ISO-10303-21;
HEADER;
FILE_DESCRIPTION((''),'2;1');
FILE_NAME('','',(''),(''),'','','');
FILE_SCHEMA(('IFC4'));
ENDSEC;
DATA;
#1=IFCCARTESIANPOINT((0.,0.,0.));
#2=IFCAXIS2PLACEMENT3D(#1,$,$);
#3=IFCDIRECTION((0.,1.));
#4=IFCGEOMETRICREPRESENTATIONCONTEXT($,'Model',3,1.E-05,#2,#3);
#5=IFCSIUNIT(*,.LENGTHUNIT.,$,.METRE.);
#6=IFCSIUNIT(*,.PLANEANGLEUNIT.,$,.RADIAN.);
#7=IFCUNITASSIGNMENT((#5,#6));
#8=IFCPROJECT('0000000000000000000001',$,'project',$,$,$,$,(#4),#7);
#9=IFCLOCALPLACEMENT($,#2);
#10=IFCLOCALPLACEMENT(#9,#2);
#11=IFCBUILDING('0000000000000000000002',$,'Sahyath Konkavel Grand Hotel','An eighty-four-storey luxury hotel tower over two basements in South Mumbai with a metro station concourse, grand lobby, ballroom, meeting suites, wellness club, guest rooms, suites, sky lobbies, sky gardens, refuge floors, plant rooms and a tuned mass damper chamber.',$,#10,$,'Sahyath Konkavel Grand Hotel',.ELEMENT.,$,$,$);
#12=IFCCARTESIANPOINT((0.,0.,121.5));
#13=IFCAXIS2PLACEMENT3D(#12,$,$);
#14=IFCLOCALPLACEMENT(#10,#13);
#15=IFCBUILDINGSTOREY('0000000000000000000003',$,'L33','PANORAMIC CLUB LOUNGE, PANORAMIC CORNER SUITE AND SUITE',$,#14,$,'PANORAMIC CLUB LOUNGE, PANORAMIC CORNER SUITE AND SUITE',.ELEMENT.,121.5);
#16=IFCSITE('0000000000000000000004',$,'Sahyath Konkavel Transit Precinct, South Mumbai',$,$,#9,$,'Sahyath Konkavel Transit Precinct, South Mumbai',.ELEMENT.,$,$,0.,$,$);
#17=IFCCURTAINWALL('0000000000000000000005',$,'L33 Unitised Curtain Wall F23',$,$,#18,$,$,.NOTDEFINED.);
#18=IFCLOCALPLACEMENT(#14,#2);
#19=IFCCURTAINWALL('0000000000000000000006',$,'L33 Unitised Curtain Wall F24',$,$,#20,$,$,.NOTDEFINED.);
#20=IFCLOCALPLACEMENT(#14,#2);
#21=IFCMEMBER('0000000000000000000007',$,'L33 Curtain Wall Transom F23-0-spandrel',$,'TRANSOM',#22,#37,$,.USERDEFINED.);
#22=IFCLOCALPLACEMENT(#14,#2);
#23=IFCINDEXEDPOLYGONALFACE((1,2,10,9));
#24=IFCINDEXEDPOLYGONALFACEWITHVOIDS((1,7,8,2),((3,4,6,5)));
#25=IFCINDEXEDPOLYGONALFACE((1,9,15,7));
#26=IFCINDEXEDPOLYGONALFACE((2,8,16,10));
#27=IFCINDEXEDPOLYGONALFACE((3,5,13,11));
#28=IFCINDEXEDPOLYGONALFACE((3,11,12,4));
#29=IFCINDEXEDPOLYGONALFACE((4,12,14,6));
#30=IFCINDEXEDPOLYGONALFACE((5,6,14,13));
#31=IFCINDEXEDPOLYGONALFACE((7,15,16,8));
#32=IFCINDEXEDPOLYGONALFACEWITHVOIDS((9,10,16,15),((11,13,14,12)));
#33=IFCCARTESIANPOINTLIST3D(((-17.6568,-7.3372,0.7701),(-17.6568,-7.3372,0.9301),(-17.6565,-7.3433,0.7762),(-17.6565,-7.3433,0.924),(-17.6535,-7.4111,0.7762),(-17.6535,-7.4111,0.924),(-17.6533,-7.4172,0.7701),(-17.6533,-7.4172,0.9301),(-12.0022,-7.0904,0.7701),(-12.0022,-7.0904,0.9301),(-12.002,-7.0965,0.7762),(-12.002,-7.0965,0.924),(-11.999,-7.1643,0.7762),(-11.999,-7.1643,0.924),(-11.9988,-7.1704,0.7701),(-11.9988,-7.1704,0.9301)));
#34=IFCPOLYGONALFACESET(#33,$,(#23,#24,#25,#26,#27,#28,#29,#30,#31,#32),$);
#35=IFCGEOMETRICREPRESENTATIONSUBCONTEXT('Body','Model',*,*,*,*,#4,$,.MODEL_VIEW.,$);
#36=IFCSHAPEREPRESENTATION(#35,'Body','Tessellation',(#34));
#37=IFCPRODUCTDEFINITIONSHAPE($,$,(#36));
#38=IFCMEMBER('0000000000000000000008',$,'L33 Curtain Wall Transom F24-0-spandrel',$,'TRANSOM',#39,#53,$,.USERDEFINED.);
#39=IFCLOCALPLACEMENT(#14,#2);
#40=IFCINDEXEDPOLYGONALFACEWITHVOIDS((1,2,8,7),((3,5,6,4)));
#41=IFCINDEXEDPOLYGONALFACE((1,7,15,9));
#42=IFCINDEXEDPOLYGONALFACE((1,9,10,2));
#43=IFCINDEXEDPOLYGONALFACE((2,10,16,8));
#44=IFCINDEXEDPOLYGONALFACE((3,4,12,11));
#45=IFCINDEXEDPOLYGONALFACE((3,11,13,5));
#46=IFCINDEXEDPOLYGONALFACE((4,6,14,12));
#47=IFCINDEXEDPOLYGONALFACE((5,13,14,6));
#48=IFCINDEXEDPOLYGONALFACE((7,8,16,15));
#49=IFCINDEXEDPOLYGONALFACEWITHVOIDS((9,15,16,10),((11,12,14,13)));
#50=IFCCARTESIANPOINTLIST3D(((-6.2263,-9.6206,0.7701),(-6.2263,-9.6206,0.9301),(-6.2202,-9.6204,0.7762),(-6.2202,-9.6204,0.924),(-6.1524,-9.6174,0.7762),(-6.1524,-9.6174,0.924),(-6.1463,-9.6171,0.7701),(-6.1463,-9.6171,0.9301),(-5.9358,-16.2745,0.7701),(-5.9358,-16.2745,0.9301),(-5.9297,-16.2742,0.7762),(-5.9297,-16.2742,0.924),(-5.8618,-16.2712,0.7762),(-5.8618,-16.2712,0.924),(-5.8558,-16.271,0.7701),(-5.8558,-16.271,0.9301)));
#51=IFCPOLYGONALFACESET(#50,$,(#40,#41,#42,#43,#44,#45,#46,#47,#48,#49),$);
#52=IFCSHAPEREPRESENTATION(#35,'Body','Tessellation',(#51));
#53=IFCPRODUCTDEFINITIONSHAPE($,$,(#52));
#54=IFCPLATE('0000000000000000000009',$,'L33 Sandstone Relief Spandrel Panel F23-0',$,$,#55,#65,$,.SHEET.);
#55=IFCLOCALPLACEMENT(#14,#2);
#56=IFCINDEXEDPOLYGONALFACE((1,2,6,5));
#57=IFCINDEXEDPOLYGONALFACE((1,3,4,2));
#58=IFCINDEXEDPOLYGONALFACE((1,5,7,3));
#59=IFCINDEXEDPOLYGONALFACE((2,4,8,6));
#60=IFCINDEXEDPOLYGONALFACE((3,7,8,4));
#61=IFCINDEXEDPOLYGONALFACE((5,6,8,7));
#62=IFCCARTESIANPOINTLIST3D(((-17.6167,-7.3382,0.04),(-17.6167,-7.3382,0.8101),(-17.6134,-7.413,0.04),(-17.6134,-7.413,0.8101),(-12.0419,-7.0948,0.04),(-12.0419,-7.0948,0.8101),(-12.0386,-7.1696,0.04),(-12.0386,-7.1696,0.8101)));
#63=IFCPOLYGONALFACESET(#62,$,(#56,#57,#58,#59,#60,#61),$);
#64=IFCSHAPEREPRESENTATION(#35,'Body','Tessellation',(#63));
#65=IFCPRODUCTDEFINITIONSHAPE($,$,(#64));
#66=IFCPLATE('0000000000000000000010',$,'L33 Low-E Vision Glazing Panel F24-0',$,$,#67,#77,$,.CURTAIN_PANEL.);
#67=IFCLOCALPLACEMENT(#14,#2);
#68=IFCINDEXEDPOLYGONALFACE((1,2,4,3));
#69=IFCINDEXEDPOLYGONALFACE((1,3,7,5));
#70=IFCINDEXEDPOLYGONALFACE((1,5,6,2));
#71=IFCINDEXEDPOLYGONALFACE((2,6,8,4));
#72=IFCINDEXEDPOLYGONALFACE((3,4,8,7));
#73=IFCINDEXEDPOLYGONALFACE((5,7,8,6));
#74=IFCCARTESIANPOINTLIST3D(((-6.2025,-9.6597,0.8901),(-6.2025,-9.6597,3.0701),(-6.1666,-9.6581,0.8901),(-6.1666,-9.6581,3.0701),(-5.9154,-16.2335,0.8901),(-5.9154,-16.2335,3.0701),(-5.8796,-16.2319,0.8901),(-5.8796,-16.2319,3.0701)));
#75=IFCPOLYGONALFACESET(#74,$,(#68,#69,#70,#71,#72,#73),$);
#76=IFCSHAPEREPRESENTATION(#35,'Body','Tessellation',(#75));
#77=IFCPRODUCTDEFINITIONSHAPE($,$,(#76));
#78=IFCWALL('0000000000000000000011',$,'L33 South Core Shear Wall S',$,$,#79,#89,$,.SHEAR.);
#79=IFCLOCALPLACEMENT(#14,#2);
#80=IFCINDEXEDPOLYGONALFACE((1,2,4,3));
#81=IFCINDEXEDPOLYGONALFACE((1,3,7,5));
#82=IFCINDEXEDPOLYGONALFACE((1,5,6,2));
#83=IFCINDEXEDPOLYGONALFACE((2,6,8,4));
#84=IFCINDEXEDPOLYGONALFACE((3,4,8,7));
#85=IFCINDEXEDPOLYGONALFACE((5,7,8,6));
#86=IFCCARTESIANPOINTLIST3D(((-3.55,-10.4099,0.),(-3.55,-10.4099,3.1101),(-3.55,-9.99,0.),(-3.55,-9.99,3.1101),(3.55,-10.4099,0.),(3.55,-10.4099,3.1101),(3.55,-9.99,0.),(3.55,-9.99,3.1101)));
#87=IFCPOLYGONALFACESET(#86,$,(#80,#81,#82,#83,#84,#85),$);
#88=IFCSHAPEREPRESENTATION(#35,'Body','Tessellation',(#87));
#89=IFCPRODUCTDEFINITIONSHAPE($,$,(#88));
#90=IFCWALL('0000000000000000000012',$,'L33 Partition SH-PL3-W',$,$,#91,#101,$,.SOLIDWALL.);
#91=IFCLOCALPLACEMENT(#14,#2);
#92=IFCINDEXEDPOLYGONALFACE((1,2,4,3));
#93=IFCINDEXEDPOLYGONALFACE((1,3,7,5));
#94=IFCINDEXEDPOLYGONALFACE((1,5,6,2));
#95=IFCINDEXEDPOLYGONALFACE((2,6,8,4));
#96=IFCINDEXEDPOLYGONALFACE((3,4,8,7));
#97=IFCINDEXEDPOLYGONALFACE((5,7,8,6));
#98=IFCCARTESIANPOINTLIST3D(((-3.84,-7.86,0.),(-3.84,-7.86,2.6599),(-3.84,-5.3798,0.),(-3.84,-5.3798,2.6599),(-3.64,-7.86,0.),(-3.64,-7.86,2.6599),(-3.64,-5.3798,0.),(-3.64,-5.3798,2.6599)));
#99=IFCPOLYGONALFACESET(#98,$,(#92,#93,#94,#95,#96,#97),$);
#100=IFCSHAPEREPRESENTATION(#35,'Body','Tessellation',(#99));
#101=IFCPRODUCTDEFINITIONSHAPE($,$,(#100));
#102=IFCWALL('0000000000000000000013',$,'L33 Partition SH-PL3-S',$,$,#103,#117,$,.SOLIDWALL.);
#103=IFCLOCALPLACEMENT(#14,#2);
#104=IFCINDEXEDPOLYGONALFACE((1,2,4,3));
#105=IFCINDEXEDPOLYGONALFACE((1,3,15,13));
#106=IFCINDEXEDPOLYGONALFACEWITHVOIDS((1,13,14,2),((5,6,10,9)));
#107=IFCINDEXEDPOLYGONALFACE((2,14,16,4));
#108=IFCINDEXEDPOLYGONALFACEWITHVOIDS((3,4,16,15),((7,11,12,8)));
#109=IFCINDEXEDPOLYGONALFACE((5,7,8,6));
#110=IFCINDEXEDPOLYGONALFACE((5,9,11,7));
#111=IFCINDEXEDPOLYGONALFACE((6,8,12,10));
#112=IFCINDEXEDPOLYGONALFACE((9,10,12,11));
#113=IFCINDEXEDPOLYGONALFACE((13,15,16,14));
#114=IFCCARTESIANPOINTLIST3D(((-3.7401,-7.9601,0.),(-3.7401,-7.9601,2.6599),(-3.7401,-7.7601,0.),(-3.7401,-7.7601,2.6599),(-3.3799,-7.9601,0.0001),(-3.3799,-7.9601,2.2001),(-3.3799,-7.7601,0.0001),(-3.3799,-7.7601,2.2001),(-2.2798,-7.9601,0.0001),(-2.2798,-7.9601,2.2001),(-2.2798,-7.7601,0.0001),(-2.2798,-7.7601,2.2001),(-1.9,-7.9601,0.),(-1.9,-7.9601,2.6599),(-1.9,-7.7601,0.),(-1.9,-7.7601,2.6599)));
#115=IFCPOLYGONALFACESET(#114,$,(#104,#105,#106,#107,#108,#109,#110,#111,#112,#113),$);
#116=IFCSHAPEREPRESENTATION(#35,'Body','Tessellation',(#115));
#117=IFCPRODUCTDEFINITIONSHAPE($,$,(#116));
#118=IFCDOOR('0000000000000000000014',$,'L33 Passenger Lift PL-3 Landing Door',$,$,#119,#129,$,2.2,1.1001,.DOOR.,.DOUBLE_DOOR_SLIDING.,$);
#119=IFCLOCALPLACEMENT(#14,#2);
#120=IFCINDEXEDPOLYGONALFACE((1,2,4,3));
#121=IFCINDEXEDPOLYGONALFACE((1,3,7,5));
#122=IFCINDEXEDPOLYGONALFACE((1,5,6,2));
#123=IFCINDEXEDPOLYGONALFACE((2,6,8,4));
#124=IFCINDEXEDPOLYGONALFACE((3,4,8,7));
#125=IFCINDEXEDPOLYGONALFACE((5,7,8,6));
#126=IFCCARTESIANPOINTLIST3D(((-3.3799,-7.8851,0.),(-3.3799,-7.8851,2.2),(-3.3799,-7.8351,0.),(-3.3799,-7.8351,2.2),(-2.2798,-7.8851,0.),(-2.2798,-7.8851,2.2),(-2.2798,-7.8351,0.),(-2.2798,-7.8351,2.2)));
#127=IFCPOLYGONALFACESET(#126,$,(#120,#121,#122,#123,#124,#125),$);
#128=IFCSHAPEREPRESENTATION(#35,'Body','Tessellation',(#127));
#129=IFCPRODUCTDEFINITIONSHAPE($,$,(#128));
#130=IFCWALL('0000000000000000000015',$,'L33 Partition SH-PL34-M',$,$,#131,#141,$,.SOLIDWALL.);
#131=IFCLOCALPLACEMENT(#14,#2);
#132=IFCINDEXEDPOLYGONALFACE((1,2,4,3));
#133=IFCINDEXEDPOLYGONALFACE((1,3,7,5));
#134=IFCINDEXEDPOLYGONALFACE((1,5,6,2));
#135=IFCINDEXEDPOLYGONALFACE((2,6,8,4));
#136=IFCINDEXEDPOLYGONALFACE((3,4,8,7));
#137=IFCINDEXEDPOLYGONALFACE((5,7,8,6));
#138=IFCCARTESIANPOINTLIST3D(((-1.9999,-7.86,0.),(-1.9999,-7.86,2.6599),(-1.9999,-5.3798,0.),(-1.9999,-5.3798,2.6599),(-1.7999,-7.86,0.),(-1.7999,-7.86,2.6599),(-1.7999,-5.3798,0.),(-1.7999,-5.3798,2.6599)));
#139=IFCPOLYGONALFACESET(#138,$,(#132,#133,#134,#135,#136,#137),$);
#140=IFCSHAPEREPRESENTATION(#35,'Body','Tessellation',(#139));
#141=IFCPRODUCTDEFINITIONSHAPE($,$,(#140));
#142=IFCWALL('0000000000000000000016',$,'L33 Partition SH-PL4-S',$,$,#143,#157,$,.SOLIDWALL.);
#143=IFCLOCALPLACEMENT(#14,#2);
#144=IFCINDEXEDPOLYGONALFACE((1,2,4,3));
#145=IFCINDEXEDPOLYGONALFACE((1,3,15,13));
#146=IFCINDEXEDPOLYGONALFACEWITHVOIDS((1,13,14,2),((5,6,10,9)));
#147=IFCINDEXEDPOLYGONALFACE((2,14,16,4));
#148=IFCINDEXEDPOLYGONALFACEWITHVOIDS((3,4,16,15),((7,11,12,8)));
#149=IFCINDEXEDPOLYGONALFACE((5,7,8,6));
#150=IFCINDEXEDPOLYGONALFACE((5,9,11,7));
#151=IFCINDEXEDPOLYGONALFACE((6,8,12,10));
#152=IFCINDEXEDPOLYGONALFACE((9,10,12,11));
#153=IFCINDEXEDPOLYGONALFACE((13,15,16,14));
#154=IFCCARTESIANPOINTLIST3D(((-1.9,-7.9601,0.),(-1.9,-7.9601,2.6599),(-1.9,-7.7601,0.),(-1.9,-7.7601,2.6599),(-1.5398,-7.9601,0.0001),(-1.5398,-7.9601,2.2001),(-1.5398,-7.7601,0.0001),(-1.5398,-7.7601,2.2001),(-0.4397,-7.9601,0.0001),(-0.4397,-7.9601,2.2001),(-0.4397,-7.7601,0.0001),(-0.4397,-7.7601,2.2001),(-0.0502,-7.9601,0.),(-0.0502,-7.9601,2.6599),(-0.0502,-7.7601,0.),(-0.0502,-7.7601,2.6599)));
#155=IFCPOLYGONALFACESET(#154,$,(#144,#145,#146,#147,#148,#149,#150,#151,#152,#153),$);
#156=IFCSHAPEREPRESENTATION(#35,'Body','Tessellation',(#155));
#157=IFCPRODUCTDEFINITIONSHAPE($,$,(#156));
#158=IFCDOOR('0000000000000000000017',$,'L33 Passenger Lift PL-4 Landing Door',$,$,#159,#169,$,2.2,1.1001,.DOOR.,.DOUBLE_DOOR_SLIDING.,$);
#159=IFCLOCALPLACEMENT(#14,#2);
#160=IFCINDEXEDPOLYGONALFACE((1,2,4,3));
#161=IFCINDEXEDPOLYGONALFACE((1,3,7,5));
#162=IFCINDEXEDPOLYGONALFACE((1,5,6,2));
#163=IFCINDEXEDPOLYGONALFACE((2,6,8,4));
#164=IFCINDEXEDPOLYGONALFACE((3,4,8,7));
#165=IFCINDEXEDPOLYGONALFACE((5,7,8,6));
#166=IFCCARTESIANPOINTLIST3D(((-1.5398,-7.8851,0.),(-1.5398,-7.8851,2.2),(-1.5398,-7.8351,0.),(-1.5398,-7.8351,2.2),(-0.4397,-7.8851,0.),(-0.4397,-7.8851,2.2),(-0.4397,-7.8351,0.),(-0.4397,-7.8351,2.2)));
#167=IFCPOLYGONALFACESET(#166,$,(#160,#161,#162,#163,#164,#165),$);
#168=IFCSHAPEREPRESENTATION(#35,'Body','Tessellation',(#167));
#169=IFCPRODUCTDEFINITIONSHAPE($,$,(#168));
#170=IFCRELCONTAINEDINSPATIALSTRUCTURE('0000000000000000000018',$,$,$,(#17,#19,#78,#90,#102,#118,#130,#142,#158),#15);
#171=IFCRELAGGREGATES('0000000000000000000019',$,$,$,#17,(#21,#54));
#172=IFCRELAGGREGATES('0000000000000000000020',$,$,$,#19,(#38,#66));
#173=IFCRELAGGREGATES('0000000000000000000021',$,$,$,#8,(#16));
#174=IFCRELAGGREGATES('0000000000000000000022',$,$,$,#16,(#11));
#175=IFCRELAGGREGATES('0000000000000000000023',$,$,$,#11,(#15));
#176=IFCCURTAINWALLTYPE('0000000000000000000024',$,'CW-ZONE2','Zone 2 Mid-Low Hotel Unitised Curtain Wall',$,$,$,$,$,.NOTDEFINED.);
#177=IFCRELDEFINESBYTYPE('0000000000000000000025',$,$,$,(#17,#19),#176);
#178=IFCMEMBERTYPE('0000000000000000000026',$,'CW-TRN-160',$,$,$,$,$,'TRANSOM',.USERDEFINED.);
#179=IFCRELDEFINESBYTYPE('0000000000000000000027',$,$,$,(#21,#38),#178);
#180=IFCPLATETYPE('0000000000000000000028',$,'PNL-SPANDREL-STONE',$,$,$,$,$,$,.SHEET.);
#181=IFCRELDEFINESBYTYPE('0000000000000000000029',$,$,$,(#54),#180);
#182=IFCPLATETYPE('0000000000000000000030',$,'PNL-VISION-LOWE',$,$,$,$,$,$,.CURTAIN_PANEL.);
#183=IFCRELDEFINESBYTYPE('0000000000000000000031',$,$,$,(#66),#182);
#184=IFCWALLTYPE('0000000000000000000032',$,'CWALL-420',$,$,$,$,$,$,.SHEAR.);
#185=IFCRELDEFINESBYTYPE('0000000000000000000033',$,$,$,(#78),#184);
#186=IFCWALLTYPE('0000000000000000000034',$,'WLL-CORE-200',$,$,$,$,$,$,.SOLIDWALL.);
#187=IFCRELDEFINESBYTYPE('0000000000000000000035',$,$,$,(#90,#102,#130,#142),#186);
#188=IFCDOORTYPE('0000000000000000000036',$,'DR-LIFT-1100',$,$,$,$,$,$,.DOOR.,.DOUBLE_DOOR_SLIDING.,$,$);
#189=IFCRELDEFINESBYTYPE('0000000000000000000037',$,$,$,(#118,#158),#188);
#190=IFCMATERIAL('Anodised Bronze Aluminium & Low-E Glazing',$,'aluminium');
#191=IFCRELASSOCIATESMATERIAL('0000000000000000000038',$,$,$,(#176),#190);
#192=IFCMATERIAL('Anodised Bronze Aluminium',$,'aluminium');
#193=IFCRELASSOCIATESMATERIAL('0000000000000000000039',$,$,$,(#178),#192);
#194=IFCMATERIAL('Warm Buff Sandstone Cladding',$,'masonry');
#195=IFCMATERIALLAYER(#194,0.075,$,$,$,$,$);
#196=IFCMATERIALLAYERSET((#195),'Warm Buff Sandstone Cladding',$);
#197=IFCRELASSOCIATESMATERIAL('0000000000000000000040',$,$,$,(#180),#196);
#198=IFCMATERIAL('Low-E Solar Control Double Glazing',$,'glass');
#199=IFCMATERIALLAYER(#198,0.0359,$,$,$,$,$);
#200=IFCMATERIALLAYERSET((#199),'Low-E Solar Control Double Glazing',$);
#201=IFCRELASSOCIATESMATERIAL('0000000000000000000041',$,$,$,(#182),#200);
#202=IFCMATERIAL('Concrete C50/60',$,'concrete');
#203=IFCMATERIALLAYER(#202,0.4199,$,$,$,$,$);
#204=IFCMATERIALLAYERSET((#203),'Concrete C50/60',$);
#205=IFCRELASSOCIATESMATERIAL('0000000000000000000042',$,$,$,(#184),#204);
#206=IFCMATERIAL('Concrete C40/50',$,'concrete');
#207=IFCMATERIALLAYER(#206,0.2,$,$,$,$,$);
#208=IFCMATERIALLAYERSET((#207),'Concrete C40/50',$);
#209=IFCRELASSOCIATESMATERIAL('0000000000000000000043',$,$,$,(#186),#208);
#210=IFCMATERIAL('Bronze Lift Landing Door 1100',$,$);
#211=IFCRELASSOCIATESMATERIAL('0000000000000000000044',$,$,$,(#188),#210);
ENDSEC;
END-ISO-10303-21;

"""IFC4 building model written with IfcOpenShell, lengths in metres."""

from ifc_helpers import new_model, si_unit, direction, frame, frame_2d, origin, origin_2d, place, context, subcontext, project, spatial, rectangle, hollow_rectangle, extrude, source, transform, mapped, material, layer, layer_set, material_profile, profile_set, type_object, element, fill, aggregate, save


model = new_model("IFC4")

# Units and contexts
model_context = context("Model", 3, precision=1e-05, world=origin(), true_north=direction((0.0, 1.0)))
body_context = subcontext(model_context, "Body", "Model", "MODEL_VIEW")
ifc_project = project(units=[si_unit("LENGTHUNIT", "METRE"), si_unit("PLANEANGLEUNIT", "RADIAN")], contexts=[model_context])

# Site, building, storey
site_placement = place(None, origin())
site = spatial("IfcSite", under=ifc_project, at=site_placement, Name="Sahyath Konkavel Transit Precinct, South Mumbai", LongName="Sahyath Konkavel Transit Precinct, South Mumbai", CompositionType="ELEMENT", RefElevation=0.0)
building_placement = place(site_placement, origin())
building = spatial("IfcBuilding", under=site, at=building_placement, Name="Sahyath Konkavel Grand Hotel", Description="An eighty-four-storey luxury hotel tower over two basements in South Mumbai with a metro station concourse, grand lobby, ballroom, meeting suites, wellness club, guest rooms, suites, sky lobbies, sky gardens, refuge floors, plant rooms and a tuned mass damper chamber.", LongName="Sahyath Konkavel Grand Hotel", CompositionType="ELEMENT")
storey_placement = place(building_placement, frame((0.0, 0.0, 121.5)))
storey = spatial("IfcBuildingStorey", under=building, at=storey_placement, Name="L33", Description="PANORAMIC CLUB LOUNGE, PANORAMIC CORNER SUITE AND SUITE", LongName="PANORAMIC CLUB LOUNGE, PANORAMIC CORNER SUITE AND SUITE", CompositionType="ELEMENT", Elevation=121.5)

# Curtain wall
ifc_material_1 = material(Name="Anodised Bronze Aluminium & Low-E Glazing", Category="aluminium")
curtain_wall_type = type_object("IfcCurtainWallType", Name="CW-ZONE2", Description="Zone 2 Mid-Low Hotel Unitised Curtain Wall", PredefinedType="NOTDEFINED", material=ifc_material_1)
curtain_wall_1_placement = place(storey_placement, origin())
curtain_wall_1 = element("IfcCurtainWall", 1, at=curtain_wall_1_placement, inside=storey, type_object=curtain_wall_type, Name="L33 Unitised Curtain Wall F23", PredefinedType="NOTDEFINED")
ifc_material_2 = material(Name="Anodised Bronze Aluminium", Category="aluminium")

# Curtain wall
curtain_wall_2_placement = place(storey_placement, origin())
curtain_wall_2 = element("IfcCurtainWall", 2, at=curtain_wall_2_placement, inside=storey, type_object=curtain_wall_type, Name="L33 Unitised Curtain Wall F24", PredefinedType="NOTDEFINED")

# Members
ifc_material_profile_1 = material_profile(ifc_material_2, hollow_rectangle(XDim=0.0801, YDim=0.1599, WallThickness=0.0061, at=origin_2d()), Name="RHS 160x80x6")
ifc_profile_set_1 = profile_set([ifc_material_profile_1], Name="Anodised Bronze Aluminium")
member_type_1 = type_object("IfcMemberType", Name="CW-TRN-160", ElementType="TRANSOM", PredefinedType="USERDEFINED", material=ifc_profile_set_1)
shared_shape_1 = source(origin(), body_context, "Body", "SweptSolid", [
    extrude(hollow_rectangle(XDim=0.0801, YDim=0.1599, WallThickness=0.0061, at=origin_2d()), origin(), (0.0, 0.0, 1.0), 5.6599),
])
member_1_placement = place(storey_placement, frame((-17.655, -7.3772, 0.8501), z_axis=(0.999049, 0.043609, 0.0), x_axis=(-0.043609, 0.999049, 0.0)))
member_1 = element("IfcMember", 3, at=member_1_placement, type_object=member_type_1, Name="L33 Curtain Wall Transom F23-0-spandrel", ObjectType="TRANSOM", PredefinedType="USERDEFINED", context=body_context, shape_type="MappedRepresentation", body=[
    mapped(shared_shape_1, transform((0.0, 0.0, 0.0), scale=1.0)),
])
shared_shape_2 = source(origin(), body_context, "Body", "SweptSolid", [
    extrude(hollow_rectangle(XDim=0.0801, YDim=0.1599, WallThickness=0.0061, at=origin_2d()), origin(), (0.0, 0.0, 1.0), 6.6602),
])
member_2_placement = place(storey_placement, frame((-6.1863, -9.6189, 0.8501), z_axis=(0.043622, -0.999048, 0.0), x_axis=(0.999048, 0.043622, 0.0)))
member_2 = element("IfcMember", 4, at=member_2_placement, type_object=member_type_1, Name="L33 Curtain Wall Transom F24-0-spandrel", ObjectType="TRANSOM", PredefinedType="USERDEFINED", context=body_context, shape_type="MappedRepresentation", body=[
    mapped(shared_shape_2, transform((0.0, 0.0, 0.0), scale=1.0)),
])

# Plates
ifc_material_3 = material(Name="Warm Buff Sandstone Cladding", Category="masonry")
ifc_layer_1 = layer(ifc_material_3, 0.075)
ifc_layer_set_1 = layer_set([ifc_layer_1], Name="Warm Buff Sandstone Cladding")
plate_type_1 = type_object("IfcPlateType", Name="PNL-SPANDREL-STONE", PredefinedType="SHEET", material=ifc_layer_set_1)
shared_shape_3 = source(origin(), body_context, "Body", "SweptSolid", [
    extrude(rectangle(XDim=5.5801, YDim=0.075, at=origin_2d()), origin(), (0.0, 0.0, 1.0), 0.77),
])
plate_1_placement = place(storey_placement, frame((-14.8276, -7.2539, 0.04), z_axis=(0.0, 0.0, 1.0), x_axis=(0.999048, 0.043619, 0.0)))
plate_1 = element("IfcPlate", 5, at=plate_1_placement, type_object=plate_type_1, Name="L33 Sandstone Relief Spandrel Panel F23-0", PredefinedType="SHEET", context=body_context, shape_type="MappedRepresentation", body=[
    mapped(shared_shape_3, transform((0.0, 0.0, 0.0), scale=1.0)),
])
aggregate(curtain_wall_1, [member_1, plate_1])
ifc_material_4 = material(Name="Low-E Solar Control Double Glazing", Category="glass")
ifc_layer_2 = layer(ifc_material_4, 0.0359)
ifc_layer_set_2 = layer_set([ifc_layer_2], Name="Low-E Solar Control Double Glazing")
plate_type_2 = type_object("IfcPlateType", Name="PNL-VISION-LOWE", PredefinedType="CURTAIN_PANEL", material=ifc_layer_set_2)
shared_shape_4 = source(origin(), body_context, "Body", "SweptSolid", [
    extrude(rectangle(XDim=6.5801, YDim=0.0359, at=origin_2d()), origin(), (0.0, 0.0, 1.0), 2.1799),
])
plate_2_placement = place(storey_placement, frame((-6.041, -12.9458, 0.8901), z_axis=(0.0, 0.0, 1.0), x_axis=(0.043619, -0.999048, 0.0)))
plate_2 = element("IfcPlate", 6, at=plate_2_placement, type_object=plate_type_2, Name="L33 Low-E Vision Glazing Panel F24-0", PredefinedType="CURTAIN_PANEL", context=body_context, shape_type="MappedRepresentation", body=[
    mapped(shared_shape_4, transform((0.0, 0.0, 0.0), scale=1.0)),
])
aggregate(curtain_wall_2, [member_2, plate_2])

# Walls
ifc_material_5 = material(Name="Concrete C50/60", Category="concrete")
ifc_layer_3 = layer(ifc_material_5, 0.4199)
ifc_layer_set_3 = layer_set([ifc_layer_3], Name="Concrete C50/60")
wall_type_1 = type_object("IfcWallType", Name="CWALL-420", PredefinedType="SHEAR", material=ifc_layer_set_3)
wall_1_placement = place(storey_placement, frame((-3.55, -10.2, 0.0), z_axis=(0.0, 0.0, 1.0), x_axis=(1.0, 0.0, 0.0)))
element("IfcWall", 7, at=wall_1_placement, inside=storey, type_object=wall_type_1, Name="L33 South Core Shear Wall S", PredefinedType="SHEAR", context=body_context, shape_type="SweptSolid", body=[
    extrude(rectangle(XDim=7.1001, YDim=0.4199, at=frame_2d((3.55, 0.0))), origin(), (0.0, 0.0, 1.0), 3.1101),
])
ifc_material_6 = material(Name="Concrete C40/50", Category="concrete")
ifc_layer_4 = layer(ifc_material_6, 0.2)
ifc_layer_set_4 = layer_set([ifc_layer_4], Name="Concrete C40/50")
wall_type_2 = type_object("IfcWallType", Name="WLL-CORE-200", PredefinedType="SOLIDWALL", material=ifc_layer_set_4)
wall_2_placement = place(storey_placement, frame((-3.74, -7.8601, 0.0), z_axis=(0.0, 0.0, 1.0), x_axis=(0.0, 1.0, 0.0)))
element("IfcWall", 8, at=wall_2_placement, inside=storey, type_object=wall_type_2, Name="L33 Partition SH-PL3-W", PredefinedType="SOLIDWALL", context=body_context, shape_type="SweptSolid", body=[
    extrude(rectangle(XDim=2.4802, YDim=0.2, at=frame_2d((1.2402, 0.0))), origin(), (0.0, 0.0, 1.0), 2.6599),
])

# Wall, opening, door
wall_3_placement = place(storey_placement, frame((-3.74, -7.8601, 0.0), z_axis=(0.0, 0.0, 1.0), x_axis=(1.0, 0.0, 0.0)))
wall_3 = element("IfcWall", 9, at=wall_3_placement, inside=storey, type_object=wall_type_2, Name="L33 Partition SH-PL3-S", PredefinedType="SOLIDWALL", context=body_context, shape_type="SweptSolid", body=[
    extrude(rectangle(XDim=1.8401, YDim=0.2, at=frame_2d((0.9199, 0.0))), origin(), (0.0, 0.0, 1.0), 2.6599),
])
opening_1_placement = place(wall_3_placement, frame((0.3601, 0.0, 0.0)))
opening_1 = element("IfcOpeningElement", 10, at=opening_1_placement, cuts=wall_3, PredefinedType="OPENING", context=body_context, shape_type="SweptSolid", body=[
    extrude(rectangle(XDim=1.1001, YDim=2.2, at=frame_2d((0.55, 1.1001))), frame((0.0, 0.1099, 0.0), z_axis=(0.0, -1.0, 0.0), x_axis=(1.0, 0.0, 0.0)), (0.0, 0.0, 1.0), 0.22),
])
ifc_material_7 = material(Name="Bronze Lift Landing Door 1100")
door_type_1 = type_object("IfcDoorType", Name="DR-LIFT-1100", OperationType="DOUBLE_DOOR_SLIDING", PredefinedType="DOOR", material=ifc_material_7)
shared_shape_5 = source(origin(), body_context, "Body", "SweptSolid", [
    extrude(rectangle(XDim=1.1001, YDim=0.05, at=origin_2d()), origin(), (0.0, 0.0, 1.0), 2.2),
])
door_1_placement = place(opening_1_placement, frame((0.55, 0.0, 0.0)))
door_1 = element("IfcDoor", 11, at=door_1_placement, inside=storey, type_object=door_type_1, Name="L33 Passenger Lift PL-3 Landing Door", OperationType="DOUBLE_DOOR_SLIDING", OverallHeight=2.2, OverallWidth=1.1001, PredefinedType="DOOR", context=body_context, shape_type="MappedRepresentation", body=[
    mapped(shared_shape_5, transform((0.0, 0.0, 0.0), scale=1.0)),
])
fill(opening_1, door_1)

# Wall
wall_4_placement = place(storey_placement, frame((-1.8999, -7.8601, 0.0), z_axis=(0.0, 0.0, 1.0), x_axis=(0.0, 1.0, 0.0)))
element("IfcWall", 12, at=wall_4_placement, inside=storey, type_object=wall_type_2, Name="L33 Partition SH-PL34-M", PredefinedType="SOLIDWALL", context=body_context, shape_type="SweptSolid", body=[
    extrude(rectangle(XDim=2.4802, YDim=0.2, at=frame_2d((1.2402, 0.0))), origin(), (0.0, 0.0, 1.0), 2.6599),
])

# Wall, opening, door
wall_5_placement = place(storey_placement, frame((-1.8999, -7.8601, 0.0), z_axis=(0.0, 0.0, 1.0), x_axis=(1.0, 0.0, 0.0)))
wall_5 = element("IfcWall", 13, at=wall_5_placement, inside=storey, type_object=wall_type_2, Name="L33 Partition SH-PL4-S", PredefinedType="SOLIDWALL", context=body_context, shape_type="SweptSolid", body=[
    extrude(rectangle(XDim=1.8499, YDim=0.2, at=frame_2d((0.9248, 0.0))), origin(), (0.0, 0.0, 1.0), 2.6599),
])
opening_2_placement = place(wall_5_placement, frame((0.3601, 0.0, 0.0)))
opening_2 = element("IfcOpeningElement", 14, at=opening_2_placement, cuts=wall_5, PredefinedType="OPENING", context=body_context, shape_type="SweptSolid", body=[
    extrude(rectangle(XDim=1.1001, YDim=2.2, at=frame_2d((0.55, 1.1001))), frame((0.0, 0.1099, 0.0), z_axis=(0.0, -1.0, 0.0), x_axis=(1.0, 0.0, 0.0)), (0.0, 0.0, 1.0), 0.22),
])
door_2_placement = place(opening_2_placement, frame((0.55, 0.0, 0.0)))
door_2 = element("IfcDoor", 15, at=door_2_placement, inside=storey, type_object=door_type_1, Name="L33 Passenger Lift PL-4 Landing Door", OperationType="DOUBLE_DOOR_SLIDING", OverallHeight=2.2, OverallWidth=1.1001, PredefinedType="DOOR", context=body_context, shape_type="MappedRepresentation", body=[
    mapped(shared_shape_5, transform((0.0, 0.0, 0.0), scale=1.0)),
])
fill(opening_2, door_2)

save(model, "model.ifc")
